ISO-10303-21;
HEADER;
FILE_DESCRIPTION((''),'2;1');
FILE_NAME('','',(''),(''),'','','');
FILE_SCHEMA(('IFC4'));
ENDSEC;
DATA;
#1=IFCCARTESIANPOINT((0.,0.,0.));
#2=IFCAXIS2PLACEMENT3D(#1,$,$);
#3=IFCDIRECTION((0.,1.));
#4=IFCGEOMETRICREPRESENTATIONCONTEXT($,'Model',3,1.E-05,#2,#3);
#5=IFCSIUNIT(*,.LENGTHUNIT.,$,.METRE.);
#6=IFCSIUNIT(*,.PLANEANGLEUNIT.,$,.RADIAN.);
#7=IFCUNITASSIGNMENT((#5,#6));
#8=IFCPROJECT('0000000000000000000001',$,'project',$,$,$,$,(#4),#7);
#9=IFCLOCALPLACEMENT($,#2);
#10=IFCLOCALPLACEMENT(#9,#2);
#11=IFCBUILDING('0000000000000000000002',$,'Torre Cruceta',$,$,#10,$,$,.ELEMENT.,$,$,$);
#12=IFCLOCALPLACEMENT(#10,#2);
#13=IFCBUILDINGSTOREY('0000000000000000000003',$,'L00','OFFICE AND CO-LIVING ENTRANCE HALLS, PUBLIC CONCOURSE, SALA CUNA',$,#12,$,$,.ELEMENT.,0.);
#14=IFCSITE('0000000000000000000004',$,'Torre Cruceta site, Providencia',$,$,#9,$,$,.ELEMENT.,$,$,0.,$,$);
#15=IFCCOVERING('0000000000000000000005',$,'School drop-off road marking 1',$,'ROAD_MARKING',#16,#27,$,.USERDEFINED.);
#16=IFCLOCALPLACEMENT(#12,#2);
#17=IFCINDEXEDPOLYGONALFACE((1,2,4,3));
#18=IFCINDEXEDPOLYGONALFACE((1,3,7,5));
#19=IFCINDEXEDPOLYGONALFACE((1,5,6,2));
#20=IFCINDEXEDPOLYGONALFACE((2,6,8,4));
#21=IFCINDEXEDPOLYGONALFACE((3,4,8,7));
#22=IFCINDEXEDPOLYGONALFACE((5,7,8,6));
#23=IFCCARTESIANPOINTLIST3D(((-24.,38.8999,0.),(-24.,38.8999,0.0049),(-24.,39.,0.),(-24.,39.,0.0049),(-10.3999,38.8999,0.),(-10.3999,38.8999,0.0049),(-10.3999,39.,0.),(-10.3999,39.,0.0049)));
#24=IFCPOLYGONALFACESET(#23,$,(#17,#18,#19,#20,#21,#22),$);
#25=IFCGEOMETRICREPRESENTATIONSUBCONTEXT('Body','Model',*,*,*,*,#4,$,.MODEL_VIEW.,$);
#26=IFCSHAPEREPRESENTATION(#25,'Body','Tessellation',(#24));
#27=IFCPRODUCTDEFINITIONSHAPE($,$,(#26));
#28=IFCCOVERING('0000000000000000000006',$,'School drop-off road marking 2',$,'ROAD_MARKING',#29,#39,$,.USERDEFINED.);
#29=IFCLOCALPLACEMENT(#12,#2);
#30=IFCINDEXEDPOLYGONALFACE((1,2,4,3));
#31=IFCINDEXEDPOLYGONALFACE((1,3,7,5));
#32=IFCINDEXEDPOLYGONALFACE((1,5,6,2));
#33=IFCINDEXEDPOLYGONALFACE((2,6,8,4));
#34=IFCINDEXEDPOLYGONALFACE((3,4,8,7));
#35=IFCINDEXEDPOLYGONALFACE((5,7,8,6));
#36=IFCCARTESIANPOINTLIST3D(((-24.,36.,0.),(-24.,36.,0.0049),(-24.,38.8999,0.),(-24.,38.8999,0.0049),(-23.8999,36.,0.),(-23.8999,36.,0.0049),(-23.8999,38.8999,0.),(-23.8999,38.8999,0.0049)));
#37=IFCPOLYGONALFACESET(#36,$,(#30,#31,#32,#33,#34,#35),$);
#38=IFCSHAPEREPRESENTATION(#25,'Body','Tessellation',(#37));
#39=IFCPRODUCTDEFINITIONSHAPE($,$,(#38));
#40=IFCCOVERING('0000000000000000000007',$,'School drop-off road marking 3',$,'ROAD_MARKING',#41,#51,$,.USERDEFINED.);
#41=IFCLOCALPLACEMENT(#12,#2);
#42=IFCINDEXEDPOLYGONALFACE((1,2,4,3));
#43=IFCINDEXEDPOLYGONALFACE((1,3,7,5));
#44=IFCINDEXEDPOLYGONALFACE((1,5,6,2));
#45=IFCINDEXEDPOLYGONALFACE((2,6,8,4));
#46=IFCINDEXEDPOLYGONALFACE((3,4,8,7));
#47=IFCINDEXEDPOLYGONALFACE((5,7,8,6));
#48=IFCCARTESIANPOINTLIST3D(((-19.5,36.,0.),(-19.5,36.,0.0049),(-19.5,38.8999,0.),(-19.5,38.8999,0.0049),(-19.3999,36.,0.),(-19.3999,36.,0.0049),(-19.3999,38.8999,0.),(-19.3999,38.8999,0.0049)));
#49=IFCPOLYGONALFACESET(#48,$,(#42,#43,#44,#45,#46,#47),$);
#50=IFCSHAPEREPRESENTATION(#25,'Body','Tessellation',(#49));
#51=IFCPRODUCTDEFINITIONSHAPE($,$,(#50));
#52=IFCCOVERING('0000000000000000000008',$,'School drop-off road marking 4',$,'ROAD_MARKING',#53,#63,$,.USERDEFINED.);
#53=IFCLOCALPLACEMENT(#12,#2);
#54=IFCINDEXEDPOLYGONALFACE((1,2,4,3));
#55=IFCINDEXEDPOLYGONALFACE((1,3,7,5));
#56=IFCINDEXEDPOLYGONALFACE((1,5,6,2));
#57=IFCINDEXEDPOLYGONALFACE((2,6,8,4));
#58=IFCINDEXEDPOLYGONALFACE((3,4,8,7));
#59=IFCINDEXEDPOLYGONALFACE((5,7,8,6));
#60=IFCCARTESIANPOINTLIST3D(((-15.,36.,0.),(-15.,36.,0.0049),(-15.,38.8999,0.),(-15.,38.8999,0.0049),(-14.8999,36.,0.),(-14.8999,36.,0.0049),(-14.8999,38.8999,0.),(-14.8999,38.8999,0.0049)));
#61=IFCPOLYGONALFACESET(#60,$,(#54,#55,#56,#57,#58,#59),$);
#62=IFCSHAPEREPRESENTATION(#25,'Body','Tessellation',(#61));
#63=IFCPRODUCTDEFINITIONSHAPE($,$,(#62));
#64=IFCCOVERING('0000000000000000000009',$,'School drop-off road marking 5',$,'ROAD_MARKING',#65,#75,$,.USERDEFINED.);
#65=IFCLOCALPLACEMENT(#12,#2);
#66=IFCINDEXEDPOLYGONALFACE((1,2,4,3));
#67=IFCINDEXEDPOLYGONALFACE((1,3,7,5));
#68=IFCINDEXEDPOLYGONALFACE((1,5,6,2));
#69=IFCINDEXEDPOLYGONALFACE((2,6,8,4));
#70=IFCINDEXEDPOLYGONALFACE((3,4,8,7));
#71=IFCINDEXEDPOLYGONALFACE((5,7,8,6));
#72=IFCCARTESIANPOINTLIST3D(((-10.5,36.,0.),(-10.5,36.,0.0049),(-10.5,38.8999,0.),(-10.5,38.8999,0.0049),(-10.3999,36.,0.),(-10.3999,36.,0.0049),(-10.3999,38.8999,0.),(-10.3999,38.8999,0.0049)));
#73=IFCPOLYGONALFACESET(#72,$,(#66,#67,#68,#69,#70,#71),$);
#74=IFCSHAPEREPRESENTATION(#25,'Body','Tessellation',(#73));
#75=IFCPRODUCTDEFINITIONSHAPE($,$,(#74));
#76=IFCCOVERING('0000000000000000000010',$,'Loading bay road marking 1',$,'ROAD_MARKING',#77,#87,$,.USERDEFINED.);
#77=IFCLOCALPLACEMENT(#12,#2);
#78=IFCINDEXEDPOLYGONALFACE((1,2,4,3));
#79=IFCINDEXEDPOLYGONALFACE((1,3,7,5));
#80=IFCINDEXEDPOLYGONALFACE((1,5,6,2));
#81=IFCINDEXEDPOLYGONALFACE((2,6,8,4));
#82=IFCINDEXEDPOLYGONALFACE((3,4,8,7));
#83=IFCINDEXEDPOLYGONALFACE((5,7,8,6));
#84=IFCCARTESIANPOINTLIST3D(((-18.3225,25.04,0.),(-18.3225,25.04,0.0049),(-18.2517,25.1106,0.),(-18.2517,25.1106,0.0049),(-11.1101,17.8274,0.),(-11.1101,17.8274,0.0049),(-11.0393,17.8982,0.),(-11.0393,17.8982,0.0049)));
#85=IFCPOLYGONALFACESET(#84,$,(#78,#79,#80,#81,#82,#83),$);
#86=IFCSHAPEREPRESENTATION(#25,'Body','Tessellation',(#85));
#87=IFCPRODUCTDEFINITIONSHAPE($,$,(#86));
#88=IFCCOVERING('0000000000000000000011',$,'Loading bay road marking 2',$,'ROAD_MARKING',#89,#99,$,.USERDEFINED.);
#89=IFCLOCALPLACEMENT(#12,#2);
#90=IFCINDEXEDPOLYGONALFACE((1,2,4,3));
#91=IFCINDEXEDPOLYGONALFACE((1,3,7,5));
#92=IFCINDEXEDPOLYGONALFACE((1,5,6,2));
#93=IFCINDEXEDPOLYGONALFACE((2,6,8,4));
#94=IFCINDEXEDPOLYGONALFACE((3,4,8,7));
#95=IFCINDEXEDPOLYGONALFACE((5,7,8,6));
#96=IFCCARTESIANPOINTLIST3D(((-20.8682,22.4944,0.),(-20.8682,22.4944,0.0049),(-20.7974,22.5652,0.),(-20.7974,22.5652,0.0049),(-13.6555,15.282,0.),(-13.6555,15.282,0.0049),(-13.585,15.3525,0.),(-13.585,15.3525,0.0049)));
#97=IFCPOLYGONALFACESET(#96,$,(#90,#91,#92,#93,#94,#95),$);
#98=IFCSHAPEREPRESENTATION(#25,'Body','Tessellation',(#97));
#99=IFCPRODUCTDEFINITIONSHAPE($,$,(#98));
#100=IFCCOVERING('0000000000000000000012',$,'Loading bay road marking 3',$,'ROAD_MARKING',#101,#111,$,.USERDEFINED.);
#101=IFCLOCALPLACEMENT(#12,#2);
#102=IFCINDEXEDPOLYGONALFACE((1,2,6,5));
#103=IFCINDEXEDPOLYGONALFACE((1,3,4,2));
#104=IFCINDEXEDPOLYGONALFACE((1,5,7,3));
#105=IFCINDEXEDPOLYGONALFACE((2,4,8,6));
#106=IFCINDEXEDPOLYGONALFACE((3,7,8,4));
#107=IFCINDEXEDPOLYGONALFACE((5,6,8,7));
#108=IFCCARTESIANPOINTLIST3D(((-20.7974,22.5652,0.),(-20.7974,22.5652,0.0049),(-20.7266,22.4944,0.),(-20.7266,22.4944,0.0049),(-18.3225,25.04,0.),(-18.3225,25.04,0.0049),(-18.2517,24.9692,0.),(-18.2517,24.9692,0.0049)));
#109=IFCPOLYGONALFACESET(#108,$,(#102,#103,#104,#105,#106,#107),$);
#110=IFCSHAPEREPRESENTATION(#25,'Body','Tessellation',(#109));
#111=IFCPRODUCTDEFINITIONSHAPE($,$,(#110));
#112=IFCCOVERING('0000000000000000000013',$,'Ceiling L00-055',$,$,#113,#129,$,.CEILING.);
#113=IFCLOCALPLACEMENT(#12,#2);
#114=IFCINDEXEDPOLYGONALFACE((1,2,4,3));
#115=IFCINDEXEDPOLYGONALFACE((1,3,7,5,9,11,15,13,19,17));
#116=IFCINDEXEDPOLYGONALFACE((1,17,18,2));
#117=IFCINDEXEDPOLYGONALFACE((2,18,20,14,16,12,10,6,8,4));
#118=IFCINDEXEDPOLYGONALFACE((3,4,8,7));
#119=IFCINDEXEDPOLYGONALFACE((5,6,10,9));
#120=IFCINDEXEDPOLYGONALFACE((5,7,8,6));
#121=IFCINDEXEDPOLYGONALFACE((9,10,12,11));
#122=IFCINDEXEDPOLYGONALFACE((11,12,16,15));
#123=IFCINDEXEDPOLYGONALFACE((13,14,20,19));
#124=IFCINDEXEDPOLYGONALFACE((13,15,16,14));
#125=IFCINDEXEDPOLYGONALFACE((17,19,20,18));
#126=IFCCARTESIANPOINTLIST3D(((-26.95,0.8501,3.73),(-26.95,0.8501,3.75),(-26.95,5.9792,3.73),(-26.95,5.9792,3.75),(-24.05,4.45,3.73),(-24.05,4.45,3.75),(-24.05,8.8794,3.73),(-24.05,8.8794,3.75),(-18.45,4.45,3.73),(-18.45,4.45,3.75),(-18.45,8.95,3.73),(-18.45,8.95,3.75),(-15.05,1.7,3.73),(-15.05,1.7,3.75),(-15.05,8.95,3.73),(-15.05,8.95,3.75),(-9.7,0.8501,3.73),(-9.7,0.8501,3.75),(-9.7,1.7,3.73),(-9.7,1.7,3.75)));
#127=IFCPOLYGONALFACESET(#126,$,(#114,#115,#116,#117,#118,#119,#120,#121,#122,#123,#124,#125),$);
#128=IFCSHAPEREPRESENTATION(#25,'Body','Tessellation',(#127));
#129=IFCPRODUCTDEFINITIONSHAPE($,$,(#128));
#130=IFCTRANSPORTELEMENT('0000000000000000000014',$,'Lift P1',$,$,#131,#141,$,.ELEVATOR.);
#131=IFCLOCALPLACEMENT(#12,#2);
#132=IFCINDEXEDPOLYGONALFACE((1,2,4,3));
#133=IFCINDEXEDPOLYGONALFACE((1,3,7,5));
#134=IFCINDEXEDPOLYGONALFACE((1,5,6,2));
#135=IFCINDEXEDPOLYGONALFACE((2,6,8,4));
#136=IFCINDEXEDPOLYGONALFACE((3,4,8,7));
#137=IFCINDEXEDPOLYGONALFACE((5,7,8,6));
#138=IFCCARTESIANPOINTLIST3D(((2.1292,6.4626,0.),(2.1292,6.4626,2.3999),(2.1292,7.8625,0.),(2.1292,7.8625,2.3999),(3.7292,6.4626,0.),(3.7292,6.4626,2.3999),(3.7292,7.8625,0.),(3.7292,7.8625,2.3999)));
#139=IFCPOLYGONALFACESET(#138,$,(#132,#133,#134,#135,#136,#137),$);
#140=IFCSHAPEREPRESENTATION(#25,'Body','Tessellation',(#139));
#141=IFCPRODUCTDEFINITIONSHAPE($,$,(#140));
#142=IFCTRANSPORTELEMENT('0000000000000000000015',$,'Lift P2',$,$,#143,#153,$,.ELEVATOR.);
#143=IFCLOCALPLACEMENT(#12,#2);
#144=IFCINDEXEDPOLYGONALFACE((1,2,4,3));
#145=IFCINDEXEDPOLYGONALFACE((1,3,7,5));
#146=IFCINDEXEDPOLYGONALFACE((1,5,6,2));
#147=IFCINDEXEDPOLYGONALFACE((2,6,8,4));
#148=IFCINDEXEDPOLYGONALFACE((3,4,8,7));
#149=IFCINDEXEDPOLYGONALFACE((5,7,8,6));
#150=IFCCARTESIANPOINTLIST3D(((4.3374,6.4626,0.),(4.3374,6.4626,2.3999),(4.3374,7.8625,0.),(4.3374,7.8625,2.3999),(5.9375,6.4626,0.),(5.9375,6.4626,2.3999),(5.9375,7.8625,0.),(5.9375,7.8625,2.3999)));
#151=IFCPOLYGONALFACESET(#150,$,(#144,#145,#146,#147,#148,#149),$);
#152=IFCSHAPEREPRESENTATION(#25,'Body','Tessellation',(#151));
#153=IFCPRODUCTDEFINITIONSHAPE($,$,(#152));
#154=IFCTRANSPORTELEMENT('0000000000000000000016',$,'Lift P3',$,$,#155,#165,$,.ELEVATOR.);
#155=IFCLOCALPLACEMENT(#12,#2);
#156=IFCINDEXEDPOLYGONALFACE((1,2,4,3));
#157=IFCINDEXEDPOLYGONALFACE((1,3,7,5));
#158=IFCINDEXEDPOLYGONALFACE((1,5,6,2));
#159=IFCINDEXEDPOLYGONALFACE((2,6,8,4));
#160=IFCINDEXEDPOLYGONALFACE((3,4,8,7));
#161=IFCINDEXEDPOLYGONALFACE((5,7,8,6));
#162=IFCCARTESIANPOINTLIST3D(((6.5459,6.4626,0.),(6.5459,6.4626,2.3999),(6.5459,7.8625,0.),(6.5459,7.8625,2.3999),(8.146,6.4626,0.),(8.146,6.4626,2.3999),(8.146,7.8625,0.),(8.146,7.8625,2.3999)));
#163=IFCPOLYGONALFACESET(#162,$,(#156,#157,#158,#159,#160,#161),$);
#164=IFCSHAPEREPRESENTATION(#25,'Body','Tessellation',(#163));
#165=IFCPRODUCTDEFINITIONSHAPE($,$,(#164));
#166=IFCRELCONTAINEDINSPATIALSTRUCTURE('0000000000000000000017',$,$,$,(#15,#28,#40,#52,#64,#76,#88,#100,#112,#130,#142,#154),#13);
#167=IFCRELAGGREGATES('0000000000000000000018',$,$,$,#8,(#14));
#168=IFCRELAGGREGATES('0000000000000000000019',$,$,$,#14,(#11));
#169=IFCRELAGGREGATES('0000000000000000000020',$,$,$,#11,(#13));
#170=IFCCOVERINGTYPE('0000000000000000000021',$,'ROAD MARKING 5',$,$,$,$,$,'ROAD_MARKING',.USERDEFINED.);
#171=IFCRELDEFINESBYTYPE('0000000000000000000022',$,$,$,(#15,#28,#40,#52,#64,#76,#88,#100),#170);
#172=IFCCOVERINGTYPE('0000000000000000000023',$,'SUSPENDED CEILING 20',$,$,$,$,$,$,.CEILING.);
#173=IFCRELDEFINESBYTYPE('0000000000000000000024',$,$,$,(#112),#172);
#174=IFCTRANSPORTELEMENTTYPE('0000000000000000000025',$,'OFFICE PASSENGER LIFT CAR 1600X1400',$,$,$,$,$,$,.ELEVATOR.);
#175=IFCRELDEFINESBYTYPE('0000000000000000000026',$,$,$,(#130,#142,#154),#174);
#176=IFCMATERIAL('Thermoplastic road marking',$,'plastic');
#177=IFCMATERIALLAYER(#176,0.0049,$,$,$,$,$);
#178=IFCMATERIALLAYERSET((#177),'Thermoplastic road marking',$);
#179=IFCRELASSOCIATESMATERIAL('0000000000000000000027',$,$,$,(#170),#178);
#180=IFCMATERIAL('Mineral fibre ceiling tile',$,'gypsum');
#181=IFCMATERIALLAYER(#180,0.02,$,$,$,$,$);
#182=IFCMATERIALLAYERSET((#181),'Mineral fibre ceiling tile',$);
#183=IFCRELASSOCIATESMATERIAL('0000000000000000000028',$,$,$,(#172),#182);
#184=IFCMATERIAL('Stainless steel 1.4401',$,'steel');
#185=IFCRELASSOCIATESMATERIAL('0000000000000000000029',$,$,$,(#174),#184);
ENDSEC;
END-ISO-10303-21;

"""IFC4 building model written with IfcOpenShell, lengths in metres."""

from ifc_helpers import new_model, si_unit, direction, frame, origin, origin_2d, place, context, subcontext, project, spatial, polyline, rectangle, outline, extrude, material, layer, layer_set, type_object, element, save


model = new_model("IFC4")

# Units and contexts
model_context = context("Model", 3, precision=1e-05, world=origin(), true_north=direction((0.0, 1.0)))
body_context = subcontext(model_context, "Body", "Model", "MODEL_VIEW")
ifc_project = project(units=[si_unit("LENGTHUNIT", "METRE"), si_unit("PLANEANGLEUNIT", "RADIAN")], contexts=[model_context])

# Site, building, storey
site_placement = place(None, origin())
site = spatial("IfcSite", under=ifc_project, at=site_placement, Name="Torre Cruceta site, Providencia", CompositionType="ELEMENT", RefElevation=0.0)
building_placement = place(site_placement, origin())
building = spatial("IfcBuilding", under=site, at=building_placement, Name="Torre Cruceta", CompositionType="ELEMENT")
storey_placement = place(building_placement, origin())
storey = spatial("IfcBuildingStorey", under=building, at=storey_placement, Name="L00", Description="OFFICE AND CO-LIVING ENTRANCE HALLS, PUBLIC CONCOURSE, SALA CUNA", CompositionType="ELEMENT", Elevation=0.0)

# Coverings
ifc_material_1 = material(Name="Thermoplastic road marking", Category="plastic")
ifc_layer_1 = layer(ifc_material_1, 0.0049)
ifc_layer_set_1 = layer_set([ifc_layer_1], Name="Thermoplastic road marking")
covering_type_1 = type_object("IfcCoveringType", Name="ROAD MARKING 5", ElementType="ROAD_MARKING", PredefinedType="USERDEFINED", material=ifc_layer_set_1)
covering_1_placement = place(storey_placement, origin())
element("IfcCovering", 1, at=covering_1_placement, inside=storey, type_object=covering_type_1, Name="School drop-off road marking 1", ObjectType="ROAD_MARKING", PredefinedType="USERDEFINED", context=body_context, shape_type="SweptSolid", body=[
    extrude(outline(polyline([(-24.0, 38.8999), (-10.3999, 38.8999), (-10.3999, 39.0), (-24.0, 39.0), (-24.0, 38.8999)])), origin(), (0.0, 0.0, 1.0), 0.0049),
])
covering_2_placement = place(storey_placement, origin())
element("IfcCovering", 2, at=covering_2_placement, inside=storey, type_object=covering_type_1, Name="School drop-off road marking 2", ObjectType="ROAD_MARKING", PredefinedType="USERDEFINED", context=body_context, shape_type="SweptSolid", body=[
    extrude(outline(polyline([(-24.0, 36.0), (-23.8999, 36.0), (-23.8999, 38.8999), (-24.0, 38.8999), (-24.0, 36.0)])), origin(), (0.0, 0.0, 1.0), 0.0049),
])
covering_3_placement = place(storey_placement, origin())
element("IfcCovering", 3, at=covering_3_placement, inside=storey, type_object=covering_type_1, Name="School drop-off road marking 3", ObjectType="ROAD_MARKING", PredefinedType="USERDEFINED", context=body_context, shape_type="SweptSolid", body=[
    extrude(outline(polyline([(-19.5, 36.0), (-19.3999, 36.0), (-19.3999, 38.8999), (-19.5, 38.8999), (-19.5, 36.0)])), origin(), (0.0, 0.0, 1.0), 0.0049),
])
covering_4_placement = place(storey_placement, origin())
element("IfcCovering", 4, at=covering_4_placement, inside=storey, type_object=covering_type_1, Name="School drop-off road marking 4", ObjectType="ROAD_MARKING", PredefinedType="USERDEFINED", context=body_context, shape_type="SweptSolid", body=[
    extrude(outline(polyline([(-15.0, 36.0), (-14.8999, 36.0), (-14.8999, 38.8999), (-15.0, 38.8999), (-15.0, 36.0)])), origin(), (0.0, 0.0, 1.0), 0.0049),
])
covering_5_placement = place(storey_placement, origin())
element("IfcCovering", 5, at=covering_5_placement, inside=storey, type_object=covering_type_1, Name="School drop-off road marking 5", ObjectType="ROAD_MARKING", PredefinedType="USERDEFINED", context=body_context, shape_type="SweptSolid", body=[
    extrude(outline(polyline([(-10.5, 36.0), (-10.3999, 36.0), (-10.3999, 38.8999), (-10.5, 38.8999), (-10.5, 36.0)])), origin(), (0.0, 0.0, 1.0), 0.0049),
])
covering_6_placement = place(storey_placement, origin())
element("IfcCovering", 6, at=covering_6_placement, inside=storey, type_object=covering_type_1, Name="Loading bay road marking 1", ObjectType="ROAD_MARKING", PredefinedType="USERDEFINED", context=body_context, shape_type="SweptSolid", body=[
    extrude(outline(polyline([(-11.0393, 17.8982), (-11.1101, 17.8274), (-18.3225, 25.04), (-18.2517, 25.1106), (-11.0393, 17.8982)])), origin(), (0.0, 0.0, 1.0), 0.0049),
])
covering_7_placement = place(storey_placement, origin())
element("IfcCovering", 7, at=covering_7_placement, inside=storey, type_object=covering_type_1, Name="Loading bay road marking 2", ObjectType="ROAD_MARKING", PredefinedType="USERDEFINED", context=body_context, shape_type="SweptSolid", body=[
    extrude(outline(polyline([(-13.585, 15.3525), (-13.6555, 15.282), (-20.8682, 22.4944), (-20.7974, 22.5652), (-13.585, 15.3525)])), origin(), (0.0, 0.0, 1.0), 0.0049),
])
covering_8_placement = place(storey_placement, origin())
element("IfcCovering", 8, at=covering_8_placement, inside=storey, type_object=covering_type_1, Name="Loading bay road marking 3", ObjectType="ROAD_MARKING", PredefinedType="USERDEFINED", context=body_context, shape_type="SweptSolid", body=[
    extrude(outline(polyline([(-18.2517, 24.9692), (-20.7266, 22.4944), (-20.7974, 22.5652), (-18.3225, 25.04), (-18.2517, 24.9692)])), origin(), (0.0, 0.0, 1.0), 0.0049),
])
ifc_material_2 = material(Name="Mineral fibre ceiling tile", Category="gypsum")
ifc_layer_2 = layer(ifc_material_2, 0.02)
ifc_layer_set_2 = layer_set([ifc_layer_2], Name="Mineral fibre ceiling tile")
covering_type_2 = type_object("IfcCoveringType", Name="SUSPENDED CEILING 20", PredefinedType="CEILING", material=ifc_layer_set_2)
covering_9_placement = place(storey_placement, frame((0.0, 0.0, 3.73)))
element("IfcCovering", 9, at=covering_9_placement, inside=storey, type_object=covering_type_2, Name="Ceiling L00-055", PredefinedType="CEILING", context=body_context, shape_type="SweptSolid", body=[
    extrude(outline(polyline([(-26.95, 5.9792), (-24.05, 8.8794), (-24.05, 4.45), (-18.45, 4.45), (-18.45, 8.95), (-15.05, 8.95), (-15.05, 1.7), (-9.7, 1.7), (-9.7, 0.8501), (-26.95, 0.8501), (-26.95, 5.9792)])), origin(), (0.0, 0.0, 1.0), 0.02),
])

# Transport elements
ifc_material_3 = material(Name="Stainless steel 1.4401", Category="steel")
transport_element_type = type_object("IfcTransportElementType", Name="OFFICE PASSENGER LIFT CAR 1600X1400", PredefinedType="ELEVATOR", material=ifc_material_3)
for number, where, z_axis, x_axis, name in (
    (10, (2.9292, 7.1626, 0.0), (0.0, 0.0, 1.0), (1.0, 0.0, 0.0), "Lift P1"),
    (11, (5.1375, 7.1626, 0.0), (0.0, 0.0, 1.0), (1.0, 0.0, 0.0), "Lift P2"),
    (12, (7.3459, 7.1626, 0.0), (0.0, 0.0, 1.0), (1.0, 0.0, 0.0), "Lift P3"),
):
    element("IfcTransportElement", number, at=place(storey_placement, frame(where, z_axis=z_axis, x_axis=x_axis)), inside=storey, type_object=transport_element_type, Name=name, PredefinedType="ELEVATOR", context=body_context, shape_type="SweptSolid", body=[
        extrude(rectangle(XDim=1.6001, YDim=1.3999, at=origin_2d()), origin(), (0.0, 0.0, 1.0), 2.3999),
    ])

save(model, "model.ifc")
